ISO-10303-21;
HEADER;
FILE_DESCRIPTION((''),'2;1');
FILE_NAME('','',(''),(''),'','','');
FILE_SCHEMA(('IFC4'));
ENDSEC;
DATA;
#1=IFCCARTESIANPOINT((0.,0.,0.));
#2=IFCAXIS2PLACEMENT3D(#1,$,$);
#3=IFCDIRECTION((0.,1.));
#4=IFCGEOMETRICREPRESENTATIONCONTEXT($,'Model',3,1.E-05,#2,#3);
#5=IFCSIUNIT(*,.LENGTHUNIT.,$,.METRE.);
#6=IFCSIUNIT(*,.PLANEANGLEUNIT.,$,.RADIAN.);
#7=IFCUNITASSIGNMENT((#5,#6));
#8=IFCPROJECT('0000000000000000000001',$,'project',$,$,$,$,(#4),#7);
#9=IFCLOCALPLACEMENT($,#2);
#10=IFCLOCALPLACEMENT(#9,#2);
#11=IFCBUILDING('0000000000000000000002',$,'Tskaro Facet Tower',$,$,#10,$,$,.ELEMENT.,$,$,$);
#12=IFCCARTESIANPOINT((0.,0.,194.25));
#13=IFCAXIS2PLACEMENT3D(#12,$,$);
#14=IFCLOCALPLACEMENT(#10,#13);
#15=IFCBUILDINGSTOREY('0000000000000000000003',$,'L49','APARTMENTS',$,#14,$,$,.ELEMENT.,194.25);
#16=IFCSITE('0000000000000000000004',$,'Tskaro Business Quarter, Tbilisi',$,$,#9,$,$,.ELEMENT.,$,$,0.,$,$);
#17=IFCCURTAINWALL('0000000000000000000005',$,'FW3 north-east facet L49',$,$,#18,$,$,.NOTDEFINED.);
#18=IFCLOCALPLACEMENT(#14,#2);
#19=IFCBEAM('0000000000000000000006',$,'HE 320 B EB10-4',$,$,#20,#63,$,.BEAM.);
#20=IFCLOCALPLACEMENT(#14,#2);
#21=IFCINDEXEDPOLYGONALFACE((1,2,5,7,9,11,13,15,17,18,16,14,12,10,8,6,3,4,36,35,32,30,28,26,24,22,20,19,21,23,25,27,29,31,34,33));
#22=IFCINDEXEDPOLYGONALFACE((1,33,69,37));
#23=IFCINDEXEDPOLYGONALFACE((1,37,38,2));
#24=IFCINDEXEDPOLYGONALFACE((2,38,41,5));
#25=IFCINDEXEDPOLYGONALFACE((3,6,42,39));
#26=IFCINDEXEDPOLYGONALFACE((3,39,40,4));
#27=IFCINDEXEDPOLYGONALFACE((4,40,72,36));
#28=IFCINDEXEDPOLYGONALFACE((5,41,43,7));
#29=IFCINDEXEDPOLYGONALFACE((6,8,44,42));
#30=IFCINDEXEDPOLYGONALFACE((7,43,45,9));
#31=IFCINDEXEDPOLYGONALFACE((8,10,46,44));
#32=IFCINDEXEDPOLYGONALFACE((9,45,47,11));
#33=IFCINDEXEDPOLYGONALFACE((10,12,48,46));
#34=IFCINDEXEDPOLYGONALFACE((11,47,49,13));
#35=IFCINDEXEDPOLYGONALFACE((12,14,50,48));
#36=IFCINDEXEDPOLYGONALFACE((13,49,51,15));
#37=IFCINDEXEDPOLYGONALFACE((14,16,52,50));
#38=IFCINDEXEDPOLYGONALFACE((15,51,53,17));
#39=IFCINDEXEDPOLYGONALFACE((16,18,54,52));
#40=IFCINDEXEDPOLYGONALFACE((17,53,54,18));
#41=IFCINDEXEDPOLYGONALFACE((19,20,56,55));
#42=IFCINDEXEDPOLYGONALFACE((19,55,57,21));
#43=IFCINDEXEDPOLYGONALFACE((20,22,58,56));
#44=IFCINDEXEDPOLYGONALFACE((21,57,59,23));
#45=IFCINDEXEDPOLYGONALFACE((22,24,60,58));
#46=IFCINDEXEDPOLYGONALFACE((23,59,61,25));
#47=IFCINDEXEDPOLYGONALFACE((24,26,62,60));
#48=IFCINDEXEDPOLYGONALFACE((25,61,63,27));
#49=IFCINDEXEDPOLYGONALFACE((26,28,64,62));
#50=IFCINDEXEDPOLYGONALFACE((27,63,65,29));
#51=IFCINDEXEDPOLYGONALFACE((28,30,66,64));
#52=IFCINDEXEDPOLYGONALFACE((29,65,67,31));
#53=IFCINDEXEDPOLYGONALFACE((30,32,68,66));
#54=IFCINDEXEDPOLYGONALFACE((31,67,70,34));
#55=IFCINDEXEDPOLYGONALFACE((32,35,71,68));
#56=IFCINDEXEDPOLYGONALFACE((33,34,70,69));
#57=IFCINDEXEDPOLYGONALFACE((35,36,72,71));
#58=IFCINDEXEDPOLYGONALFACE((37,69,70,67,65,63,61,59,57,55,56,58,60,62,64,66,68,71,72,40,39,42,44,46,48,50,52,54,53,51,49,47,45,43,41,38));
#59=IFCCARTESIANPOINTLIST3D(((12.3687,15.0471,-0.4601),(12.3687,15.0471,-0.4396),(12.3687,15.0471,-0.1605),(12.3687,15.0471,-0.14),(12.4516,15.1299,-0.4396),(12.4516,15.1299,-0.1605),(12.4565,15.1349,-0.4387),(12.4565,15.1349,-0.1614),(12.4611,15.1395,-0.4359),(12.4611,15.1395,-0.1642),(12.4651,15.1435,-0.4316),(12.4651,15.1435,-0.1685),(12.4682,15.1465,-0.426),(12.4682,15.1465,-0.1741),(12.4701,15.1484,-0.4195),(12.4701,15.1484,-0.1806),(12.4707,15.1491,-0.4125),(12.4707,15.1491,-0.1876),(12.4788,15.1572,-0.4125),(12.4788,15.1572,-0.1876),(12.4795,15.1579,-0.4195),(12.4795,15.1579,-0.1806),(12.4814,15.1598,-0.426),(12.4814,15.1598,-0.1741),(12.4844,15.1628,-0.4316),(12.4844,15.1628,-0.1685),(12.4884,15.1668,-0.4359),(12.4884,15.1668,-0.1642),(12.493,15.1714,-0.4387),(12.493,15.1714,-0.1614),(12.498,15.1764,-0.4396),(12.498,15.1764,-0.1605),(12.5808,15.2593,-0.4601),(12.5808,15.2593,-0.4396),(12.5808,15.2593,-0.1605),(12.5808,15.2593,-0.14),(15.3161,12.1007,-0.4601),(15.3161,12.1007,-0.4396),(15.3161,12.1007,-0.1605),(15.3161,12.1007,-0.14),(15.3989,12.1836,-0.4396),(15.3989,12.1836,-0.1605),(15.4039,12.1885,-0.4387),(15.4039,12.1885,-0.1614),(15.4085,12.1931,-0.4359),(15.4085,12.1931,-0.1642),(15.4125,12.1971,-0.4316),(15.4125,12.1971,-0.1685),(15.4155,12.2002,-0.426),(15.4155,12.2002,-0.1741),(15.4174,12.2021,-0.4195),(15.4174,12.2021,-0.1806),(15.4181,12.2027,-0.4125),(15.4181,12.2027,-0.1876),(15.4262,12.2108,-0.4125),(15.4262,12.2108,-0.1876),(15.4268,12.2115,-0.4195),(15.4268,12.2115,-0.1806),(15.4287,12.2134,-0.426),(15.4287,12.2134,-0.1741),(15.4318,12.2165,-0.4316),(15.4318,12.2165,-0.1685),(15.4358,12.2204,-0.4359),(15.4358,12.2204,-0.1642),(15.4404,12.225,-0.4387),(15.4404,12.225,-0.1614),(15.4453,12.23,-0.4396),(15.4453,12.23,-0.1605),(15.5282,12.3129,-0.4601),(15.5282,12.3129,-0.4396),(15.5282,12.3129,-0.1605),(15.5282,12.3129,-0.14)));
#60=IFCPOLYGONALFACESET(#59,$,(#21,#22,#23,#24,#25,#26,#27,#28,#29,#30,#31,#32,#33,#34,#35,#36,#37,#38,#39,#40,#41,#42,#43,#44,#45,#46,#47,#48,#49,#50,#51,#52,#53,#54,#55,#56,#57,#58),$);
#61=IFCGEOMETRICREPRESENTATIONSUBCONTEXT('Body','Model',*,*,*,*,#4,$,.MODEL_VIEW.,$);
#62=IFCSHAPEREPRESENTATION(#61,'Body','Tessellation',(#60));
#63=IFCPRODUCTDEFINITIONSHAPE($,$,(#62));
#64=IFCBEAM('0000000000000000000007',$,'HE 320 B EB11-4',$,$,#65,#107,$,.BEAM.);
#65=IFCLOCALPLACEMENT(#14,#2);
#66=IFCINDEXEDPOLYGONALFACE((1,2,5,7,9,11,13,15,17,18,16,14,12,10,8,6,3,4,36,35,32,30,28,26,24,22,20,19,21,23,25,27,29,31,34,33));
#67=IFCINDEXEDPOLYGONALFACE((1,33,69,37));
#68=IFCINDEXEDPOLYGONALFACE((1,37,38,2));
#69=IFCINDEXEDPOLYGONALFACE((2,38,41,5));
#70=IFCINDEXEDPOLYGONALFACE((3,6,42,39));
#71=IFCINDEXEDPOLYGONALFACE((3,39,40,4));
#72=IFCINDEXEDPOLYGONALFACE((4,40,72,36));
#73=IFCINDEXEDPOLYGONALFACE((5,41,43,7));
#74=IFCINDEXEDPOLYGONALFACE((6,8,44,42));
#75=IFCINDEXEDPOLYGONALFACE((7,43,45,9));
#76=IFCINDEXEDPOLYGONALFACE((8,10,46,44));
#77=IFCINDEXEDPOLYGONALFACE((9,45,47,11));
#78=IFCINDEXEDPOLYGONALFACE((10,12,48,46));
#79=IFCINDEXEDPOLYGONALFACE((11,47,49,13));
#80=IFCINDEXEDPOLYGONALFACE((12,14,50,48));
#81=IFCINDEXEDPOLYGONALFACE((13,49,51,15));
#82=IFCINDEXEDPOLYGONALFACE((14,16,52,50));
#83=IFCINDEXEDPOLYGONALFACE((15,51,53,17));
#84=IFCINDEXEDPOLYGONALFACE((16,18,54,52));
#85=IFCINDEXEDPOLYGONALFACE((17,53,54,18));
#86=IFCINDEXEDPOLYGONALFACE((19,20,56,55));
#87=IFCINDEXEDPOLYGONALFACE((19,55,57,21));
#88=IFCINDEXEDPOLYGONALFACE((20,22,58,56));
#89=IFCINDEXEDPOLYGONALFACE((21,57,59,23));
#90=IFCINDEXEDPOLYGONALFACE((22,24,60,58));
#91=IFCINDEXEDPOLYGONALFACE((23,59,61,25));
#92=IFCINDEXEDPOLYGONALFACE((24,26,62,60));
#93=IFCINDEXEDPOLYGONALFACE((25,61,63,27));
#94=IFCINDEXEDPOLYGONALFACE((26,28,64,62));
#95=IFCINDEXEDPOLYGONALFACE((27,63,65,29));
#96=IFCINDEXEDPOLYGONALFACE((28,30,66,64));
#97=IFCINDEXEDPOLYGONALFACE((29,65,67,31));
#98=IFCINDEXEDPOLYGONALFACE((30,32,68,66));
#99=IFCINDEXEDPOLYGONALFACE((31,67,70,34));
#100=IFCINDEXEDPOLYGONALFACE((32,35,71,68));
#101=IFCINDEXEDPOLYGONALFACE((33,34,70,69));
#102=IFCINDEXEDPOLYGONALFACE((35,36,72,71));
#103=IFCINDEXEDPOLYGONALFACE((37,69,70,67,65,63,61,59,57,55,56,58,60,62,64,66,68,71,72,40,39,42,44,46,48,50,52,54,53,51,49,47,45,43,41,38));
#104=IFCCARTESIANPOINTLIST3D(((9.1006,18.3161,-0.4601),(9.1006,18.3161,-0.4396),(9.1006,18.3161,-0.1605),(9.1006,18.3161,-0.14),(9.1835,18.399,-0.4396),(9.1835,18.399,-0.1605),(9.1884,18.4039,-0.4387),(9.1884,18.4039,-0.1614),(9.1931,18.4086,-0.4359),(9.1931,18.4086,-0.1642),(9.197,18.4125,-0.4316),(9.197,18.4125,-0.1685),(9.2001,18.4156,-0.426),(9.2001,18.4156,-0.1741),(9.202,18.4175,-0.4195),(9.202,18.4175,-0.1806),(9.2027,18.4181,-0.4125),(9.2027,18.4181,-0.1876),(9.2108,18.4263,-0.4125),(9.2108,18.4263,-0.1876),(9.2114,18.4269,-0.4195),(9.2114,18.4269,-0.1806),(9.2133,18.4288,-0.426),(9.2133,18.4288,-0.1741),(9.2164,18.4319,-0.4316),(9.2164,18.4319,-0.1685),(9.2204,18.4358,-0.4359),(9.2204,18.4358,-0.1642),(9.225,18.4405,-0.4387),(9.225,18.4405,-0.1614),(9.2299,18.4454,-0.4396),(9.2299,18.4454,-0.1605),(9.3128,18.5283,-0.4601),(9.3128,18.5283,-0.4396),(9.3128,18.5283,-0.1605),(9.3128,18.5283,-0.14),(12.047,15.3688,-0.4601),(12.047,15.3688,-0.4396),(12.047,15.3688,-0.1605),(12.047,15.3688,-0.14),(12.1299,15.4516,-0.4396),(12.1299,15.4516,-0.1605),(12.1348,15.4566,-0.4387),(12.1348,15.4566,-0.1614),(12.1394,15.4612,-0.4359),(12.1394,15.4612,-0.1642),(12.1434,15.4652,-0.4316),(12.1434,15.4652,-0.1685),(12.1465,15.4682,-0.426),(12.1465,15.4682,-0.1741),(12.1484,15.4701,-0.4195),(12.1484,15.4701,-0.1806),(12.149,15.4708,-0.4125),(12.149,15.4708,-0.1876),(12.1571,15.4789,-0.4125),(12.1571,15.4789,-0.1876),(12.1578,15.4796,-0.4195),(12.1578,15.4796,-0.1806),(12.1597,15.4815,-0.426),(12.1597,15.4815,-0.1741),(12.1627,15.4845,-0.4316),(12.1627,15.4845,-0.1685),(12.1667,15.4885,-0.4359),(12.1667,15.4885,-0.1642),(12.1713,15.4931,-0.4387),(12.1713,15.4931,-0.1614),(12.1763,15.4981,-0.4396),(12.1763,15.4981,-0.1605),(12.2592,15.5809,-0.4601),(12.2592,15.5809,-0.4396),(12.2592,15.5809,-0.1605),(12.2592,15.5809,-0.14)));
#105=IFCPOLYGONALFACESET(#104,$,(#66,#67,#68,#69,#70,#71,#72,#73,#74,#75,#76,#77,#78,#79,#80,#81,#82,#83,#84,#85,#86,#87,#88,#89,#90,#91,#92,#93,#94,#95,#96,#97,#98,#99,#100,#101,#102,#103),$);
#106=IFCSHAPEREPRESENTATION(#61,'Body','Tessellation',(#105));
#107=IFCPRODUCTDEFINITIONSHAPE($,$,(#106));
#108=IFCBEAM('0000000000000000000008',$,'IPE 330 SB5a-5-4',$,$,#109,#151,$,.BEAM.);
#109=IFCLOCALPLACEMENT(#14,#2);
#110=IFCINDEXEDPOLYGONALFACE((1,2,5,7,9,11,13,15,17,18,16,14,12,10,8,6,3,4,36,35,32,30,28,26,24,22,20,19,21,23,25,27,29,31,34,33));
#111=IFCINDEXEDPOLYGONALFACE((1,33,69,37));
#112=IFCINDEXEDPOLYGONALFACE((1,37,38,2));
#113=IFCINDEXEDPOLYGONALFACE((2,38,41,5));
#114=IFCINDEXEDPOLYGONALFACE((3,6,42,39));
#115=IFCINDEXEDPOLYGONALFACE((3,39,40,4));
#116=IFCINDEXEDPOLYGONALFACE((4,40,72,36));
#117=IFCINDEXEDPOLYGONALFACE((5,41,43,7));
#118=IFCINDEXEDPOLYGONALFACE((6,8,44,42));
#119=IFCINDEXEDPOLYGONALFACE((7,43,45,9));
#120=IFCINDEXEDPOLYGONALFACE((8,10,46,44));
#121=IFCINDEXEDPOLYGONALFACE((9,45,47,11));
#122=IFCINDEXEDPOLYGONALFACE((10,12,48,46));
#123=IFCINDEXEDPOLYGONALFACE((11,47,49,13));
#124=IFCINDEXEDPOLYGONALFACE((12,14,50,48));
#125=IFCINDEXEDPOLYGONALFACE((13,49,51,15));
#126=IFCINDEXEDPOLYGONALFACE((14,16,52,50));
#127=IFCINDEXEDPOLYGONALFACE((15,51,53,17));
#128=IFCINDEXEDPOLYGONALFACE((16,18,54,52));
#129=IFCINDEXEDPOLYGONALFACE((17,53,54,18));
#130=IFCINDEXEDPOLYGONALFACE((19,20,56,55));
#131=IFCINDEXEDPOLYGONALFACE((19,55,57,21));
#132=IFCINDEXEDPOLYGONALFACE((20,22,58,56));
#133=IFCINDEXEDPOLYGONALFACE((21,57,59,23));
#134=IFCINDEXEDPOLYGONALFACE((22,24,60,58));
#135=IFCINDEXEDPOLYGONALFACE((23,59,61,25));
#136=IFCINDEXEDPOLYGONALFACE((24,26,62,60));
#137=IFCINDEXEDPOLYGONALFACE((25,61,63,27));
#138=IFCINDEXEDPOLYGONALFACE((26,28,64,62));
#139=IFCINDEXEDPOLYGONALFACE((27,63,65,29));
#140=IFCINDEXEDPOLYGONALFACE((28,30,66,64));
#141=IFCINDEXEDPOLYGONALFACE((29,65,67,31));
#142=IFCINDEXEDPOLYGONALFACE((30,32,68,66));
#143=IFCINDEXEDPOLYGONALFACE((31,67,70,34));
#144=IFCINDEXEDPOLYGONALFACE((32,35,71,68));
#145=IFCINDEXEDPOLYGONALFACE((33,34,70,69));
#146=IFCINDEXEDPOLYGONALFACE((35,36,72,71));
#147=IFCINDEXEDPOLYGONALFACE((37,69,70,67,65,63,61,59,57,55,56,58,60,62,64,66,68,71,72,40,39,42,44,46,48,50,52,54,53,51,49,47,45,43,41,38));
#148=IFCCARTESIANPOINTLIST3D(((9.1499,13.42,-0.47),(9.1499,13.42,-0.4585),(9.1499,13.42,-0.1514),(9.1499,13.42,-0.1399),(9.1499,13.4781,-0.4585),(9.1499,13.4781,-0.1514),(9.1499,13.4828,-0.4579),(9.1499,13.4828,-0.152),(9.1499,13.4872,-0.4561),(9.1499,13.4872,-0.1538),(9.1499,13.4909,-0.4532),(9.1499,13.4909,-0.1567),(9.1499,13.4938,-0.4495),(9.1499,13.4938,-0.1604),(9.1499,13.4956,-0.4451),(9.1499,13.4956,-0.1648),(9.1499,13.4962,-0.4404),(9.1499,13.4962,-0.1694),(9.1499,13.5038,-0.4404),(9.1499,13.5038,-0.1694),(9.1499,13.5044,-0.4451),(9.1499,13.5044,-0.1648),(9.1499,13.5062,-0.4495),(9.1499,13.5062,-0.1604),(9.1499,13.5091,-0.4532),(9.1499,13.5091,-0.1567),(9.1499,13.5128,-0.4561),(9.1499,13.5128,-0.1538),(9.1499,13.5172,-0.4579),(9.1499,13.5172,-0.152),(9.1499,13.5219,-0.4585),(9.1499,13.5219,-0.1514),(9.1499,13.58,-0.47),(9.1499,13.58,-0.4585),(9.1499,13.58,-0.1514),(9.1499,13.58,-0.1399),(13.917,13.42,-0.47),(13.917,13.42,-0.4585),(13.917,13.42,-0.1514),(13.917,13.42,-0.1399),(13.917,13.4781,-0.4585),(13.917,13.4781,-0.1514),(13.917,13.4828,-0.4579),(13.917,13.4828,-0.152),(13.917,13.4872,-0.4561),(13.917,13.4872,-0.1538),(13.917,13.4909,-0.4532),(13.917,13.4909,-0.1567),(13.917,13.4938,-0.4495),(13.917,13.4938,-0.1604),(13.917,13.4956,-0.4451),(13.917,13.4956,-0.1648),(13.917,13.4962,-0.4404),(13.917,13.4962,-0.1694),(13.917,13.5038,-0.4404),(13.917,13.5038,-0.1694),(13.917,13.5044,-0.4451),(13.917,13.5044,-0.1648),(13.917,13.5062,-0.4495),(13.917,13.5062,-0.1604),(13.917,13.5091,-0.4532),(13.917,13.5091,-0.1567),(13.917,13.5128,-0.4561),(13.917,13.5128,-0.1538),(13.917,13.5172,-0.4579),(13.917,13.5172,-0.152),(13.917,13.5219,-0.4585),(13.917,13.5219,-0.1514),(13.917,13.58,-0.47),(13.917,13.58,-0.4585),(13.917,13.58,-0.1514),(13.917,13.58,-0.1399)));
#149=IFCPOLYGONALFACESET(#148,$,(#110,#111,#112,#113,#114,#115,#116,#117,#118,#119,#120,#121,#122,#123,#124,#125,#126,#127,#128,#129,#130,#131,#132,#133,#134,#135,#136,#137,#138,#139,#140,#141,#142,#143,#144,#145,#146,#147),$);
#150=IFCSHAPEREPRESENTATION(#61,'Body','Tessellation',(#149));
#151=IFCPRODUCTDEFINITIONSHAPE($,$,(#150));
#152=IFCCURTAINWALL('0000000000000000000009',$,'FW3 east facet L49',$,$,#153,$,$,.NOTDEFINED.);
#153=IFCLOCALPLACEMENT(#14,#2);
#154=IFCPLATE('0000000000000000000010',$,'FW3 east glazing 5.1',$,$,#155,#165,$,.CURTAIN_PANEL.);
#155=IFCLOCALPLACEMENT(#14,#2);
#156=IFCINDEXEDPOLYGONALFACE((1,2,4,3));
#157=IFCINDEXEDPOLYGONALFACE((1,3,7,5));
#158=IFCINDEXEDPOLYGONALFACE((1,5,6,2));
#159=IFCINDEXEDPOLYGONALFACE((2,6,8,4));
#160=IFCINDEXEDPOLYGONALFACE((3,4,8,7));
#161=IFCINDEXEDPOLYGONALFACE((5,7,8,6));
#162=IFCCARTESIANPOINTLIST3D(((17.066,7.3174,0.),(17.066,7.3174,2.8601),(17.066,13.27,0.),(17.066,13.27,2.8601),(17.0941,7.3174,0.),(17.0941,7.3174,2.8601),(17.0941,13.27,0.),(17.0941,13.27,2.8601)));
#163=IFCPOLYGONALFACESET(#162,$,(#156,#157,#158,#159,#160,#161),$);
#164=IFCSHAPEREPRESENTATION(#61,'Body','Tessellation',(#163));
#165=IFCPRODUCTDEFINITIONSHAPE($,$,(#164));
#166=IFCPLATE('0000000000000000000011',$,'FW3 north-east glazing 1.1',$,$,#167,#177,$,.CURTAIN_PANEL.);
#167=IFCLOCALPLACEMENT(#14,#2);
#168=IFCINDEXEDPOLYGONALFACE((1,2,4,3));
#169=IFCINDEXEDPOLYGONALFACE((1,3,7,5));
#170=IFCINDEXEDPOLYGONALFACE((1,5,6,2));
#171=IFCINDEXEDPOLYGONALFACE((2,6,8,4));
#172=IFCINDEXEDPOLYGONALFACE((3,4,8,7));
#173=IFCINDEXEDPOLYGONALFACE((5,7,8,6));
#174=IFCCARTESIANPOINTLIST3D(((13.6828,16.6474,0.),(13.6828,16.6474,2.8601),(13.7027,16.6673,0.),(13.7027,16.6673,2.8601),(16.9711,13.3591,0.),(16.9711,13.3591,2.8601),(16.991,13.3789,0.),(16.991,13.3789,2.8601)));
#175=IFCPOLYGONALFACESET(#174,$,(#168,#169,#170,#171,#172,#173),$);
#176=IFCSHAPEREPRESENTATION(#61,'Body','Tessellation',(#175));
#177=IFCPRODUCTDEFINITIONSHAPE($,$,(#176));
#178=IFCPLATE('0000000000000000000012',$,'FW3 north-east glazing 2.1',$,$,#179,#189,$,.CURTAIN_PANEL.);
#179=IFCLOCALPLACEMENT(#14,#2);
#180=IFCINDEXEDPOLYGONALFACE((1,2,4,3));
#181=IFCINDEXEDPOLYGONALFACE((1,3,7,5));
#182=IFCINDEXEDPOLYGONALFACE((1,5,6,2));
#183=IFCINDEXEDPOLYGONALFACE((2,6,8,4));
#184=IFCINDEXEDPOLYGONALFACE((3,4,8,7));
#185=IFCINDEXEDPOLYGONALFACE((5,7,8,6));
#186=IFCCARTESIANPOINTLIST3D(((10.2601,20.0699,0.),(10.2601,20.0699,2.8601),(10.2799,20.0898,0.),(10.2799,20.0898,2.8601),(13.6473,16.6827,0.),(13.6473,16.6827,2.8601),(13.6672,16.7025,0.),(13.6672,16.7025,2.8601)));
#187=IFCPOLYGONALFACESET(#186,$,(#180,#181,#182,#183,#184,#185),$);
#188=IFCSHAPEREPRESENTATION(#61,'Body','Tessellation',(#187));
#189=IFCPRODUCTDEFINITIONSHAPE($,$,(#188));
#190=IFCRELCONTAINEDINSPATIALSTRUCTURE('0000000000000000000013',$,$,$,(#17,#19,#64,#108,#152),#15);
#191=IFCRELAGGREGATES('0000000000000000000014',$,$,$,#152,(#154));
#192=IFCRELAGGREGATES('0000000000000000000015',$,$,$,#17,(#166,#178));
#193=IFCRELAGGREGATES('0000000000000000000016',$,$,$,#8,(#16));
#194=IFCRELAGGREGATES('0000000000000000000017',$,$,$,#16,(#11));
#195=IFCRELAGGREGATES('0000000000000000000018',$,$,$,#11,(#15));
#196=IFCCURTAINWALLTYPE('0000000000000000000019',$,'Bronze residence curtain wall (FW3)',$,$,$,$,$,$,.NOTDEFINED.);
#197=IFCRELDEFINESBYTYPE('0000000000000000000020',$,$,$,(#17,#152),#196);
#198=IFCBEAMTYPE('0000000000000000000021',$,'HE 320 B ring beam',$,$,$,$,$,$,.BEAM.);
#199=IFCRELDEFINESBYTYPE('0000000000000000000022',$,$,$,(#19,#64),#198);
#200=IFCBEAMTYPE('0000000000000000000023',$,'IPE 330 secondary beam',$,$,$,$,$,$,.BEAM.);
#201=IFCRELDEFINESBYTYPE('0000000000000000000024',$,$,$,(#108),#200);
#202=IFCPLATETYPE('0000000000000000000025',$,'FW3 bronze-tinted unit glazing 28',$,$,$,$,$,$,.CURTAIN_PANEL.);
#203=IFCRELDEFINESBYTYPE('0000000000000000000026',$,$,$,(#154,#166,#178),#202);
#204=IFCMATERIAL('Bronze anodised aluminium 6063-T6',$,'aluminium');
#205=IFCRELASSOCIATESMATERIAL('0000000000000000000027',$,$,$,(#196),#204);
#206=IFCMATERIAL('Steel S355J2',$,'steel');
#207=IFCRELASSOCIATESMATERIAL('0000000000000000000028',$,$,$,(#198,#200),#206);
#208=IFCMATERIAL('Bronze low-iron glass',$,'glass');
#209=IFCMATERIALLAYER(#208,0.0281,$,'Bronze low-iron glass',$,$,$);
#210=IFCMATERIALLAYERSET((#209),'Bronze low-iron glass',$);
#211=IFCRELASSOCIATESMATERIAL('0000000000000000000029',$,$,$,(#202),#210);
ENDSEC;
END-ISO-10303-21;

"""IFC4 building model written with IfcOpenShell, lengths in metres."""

from ifc_helpers import new_model, si_unit, direction, frame, origin, origin_2d, place, context, subcontext, project, spatial, rectangle, i_section, extrude, material, layer, layer_set, material_profile, profile_set, type_object, element, aggregate, save


model = new_model("IFC4")

# Units and contexts
model_context = context("Model", 3, precision=1e-05, world=origin(), true_north=direction((0.0, 1.0)))
body_context = subcontext(model_context, "Body", "Model", "MODEL_VIEW")
ifc_project = project(units=[si_unit("LENGTHUNIT", "METRE"), si_unit("PLANEANGLEUNIT", "RADIAN")], contexts=[model_context])

# Site, building, storey
site_placement = place(None, origin())
site = spatial("IfcSite", under=ifc_project, at=site_placement, Name="Tskaro Business Quarter, Tbilisi", CompositionType="ELEMENT", RefElevation=0.0)
building_placement = place(site_placement, origin())
building = spatial("IfcBuilding", under=site, at=building_placement, Name="Tskaro Facet Tower", CompositionType="ELEMENT")
storey_placement = place(building_placement, frame((0.0, 0.0, 194.25)))
storey = spatial("IfcBuildingStorey", under=building, at=storey_placement, Name="L49", Description="APARTMENTS", CompositionType="ELEMENT", Elevation=194.25)

# Curtain wall
ifc_material_1 = material(Name="Bronze anodised aluminium 6063-T6", Category="aluminium")
curtain_wall_type = type_object("IfcCurtainWallType", Name="Bronze residence curtain wall (FW3)", PredefinedType="NOTDEFINED", material=ifc_material_1)
curtain_wall_1_placement = place(storey_placement, origin())
curtain_wall_1 = element("IfcCurtainWall", 1, at=curtain_wall_1_placement, inside=storey, type_object=curtain_wall_type, Name="FW3 north-east facet L49", PredefinedType="NOTDEFINED")

# Beams
ifc_material_2 = material(Name="Steel S355J2", Category="steel")
ifc_material_profile_1 = material_profile(ifc_material_2, i_section(OverallWidth=0.3, OverallDepth=0.3201, WebThickness=0.0115, FlangeThickness=0.0205, FilletRadius=0.0271, at=origin_2d()), Name="HE 320 B")
ifc_profile_set_1 = profile_set([ifc_material_profile_1], Name="Steel S355J2")
beam_type_1 = type_object("IfcBeamType", Name="HE 320 B ring beam", PredefinedType="BEAM", material=ifc_profile_set_1)
for number, where, z_axis, x_axis, name in (
    (2, (15.4221, 12.2068, -0.3), (-0.707224, 0.70699, 0.0), (-0.70699, -0.707224, 0.0), "HE 320 B EB10-4"),
    (3, (12.1531, 15.4749, -0.3), (-0.70699, 0.707224, 0.0), (-0.707224, -0.70699, 0.0), "HE 320 B EB11-4"),
):
    element("IfcBeam", number, at=place(storey_placement, frame(where, z_axis=z_axis, x_axis=x_axis)), inside=storey, type_object=beam_type_1, Name=name, PredefinedType="BEAM", context=body_context, shape_type="SweptSolid", body=[
        extrude(i_section(OverallWidth=0.3, OverallDepth=0.3201, WebThickness=0.0115, FlangeThickness=0.0205, FilletRadius=0.0271, at=origin_2d()), origin(), (0.0, 0.0, 1.0), 4.1675),
    ])
ifc_material_profile_2 = material_profile(ifc_material_2, i_section(OverallWidth=0.1599, OverallDepth=0.3301, WebThickness=0.0076, FlangeThickness=0.0115, FilletRadius=0.0181, at=origin_2d()), Name="IPE 330")
ifc_profile_set_2 = profile_set([ifc_material_profile_2], Name="Steel S355J2")
beam_type_2 = type_object("IfcBeamType", Name="IPE 330 secondary beam", PredefinedType="BEAM", material=ifc_profile_set_2)
beam_placement = place(storey_placement, frame((9.1499, 13.5, -0.3049), z_axis=(1.0, 0.0, 0.0), x_axis=(0.0, 1.0, 0.0)))
element("IfcBeam", 4, at=beam_placement, inside=storey, type_object=beam_type_2, Name="IPE 330 SB5a-5-4", PredefinedType="BEAM", context=body_context, shape_type="SweptSolid", body=[
    extrude(i_section(OverallWidth=0.1599, OverallDepth=0.3301, WebThickness=0.0076, FlangeThickness=0.0115, FilletRadius=0.0181, at=origin_2d()), origin(), (0.0, 0.0, 1.0), 4.7671),
])

# Curtain wall, plate
curtain_wall_2_placement = place(storey_placement, origin())
curtain_wall_2 = element("IfcCurtainWall", 5, at=curtain_wall_2_placement, inside=storey, type_object=curtain_wall_type, Name="FW3 east facet L49", PredefinedType="NOTDEFINED")
ifc_material_3 = material(Name="Bronze low-iron glass", Category="glass")
ifc_layer_1 = layer(ifc_material_3, 0.0281, Name="Bronze low-iron glass")
ifc_layer_set_1 = layer_set([ifc_layer_1], Name="Bronze low-iron glass")
plate_type = type_object("IfcPlateType", Name="FW3 bronze-tinted unit glazing 28", PredefinedType="CURTAIN_PANEL", material=ifc_layer_set_1)
plate_1_placement = place(storey_placement, frame((17.0801, 10.2937, 0.0), z_axis=(0.0, 0.0, 1.0), x_axis=(0.0, 1.0, 0.0)))
plate_1 = element("IfcPlate", 6, at=plate_1_placement, type_object=plate_type, Name="FW3 east glazing 5.1", PredefinedType="CURTAIN_PANEL", context=body_context, shape_type="SweptSolid", body=[
    extrude(rectangle(XDim=5.9526, YDim=0.0281, at=origin_2d()), origin(), (0.0, 0.0, 1.0), 2.8601),
])
aggregate(curtain_wall_2, [plate_1])

# Plates
plate_2_placement = place(storey_placement, frame((15.3369, 15.0132, 0.0), z_axis=(0.0, 0.0, 1.0), x_axis=(-0.707107, 0.707107, 0.0)))
plate_2 = element("IfcPlate", 7, at=plate_2_placement, type_object=plate_type, Name="FW3 north-east glazing 1.1", PredefinedType="CURTAIN_PANEL", context=body_context, shape_type="SweptSolid", body=[
    extrude(rectangle(XDim=4.6504, YDim=0.0281, at=origin_2d()), origin(), (0.0, 0.0, 1.0), 2.8601),
])
plate_3_placement = place(storey_placement, frame((11.9636, 18.3862, 0.0), z_axis=(0.0, 0.0, 1.0), x_axis=(-0.707107, 0.707107, 0.0)))
plate_3 = element("IfcPlate", 8, at=plate_3_placement, type_object=plate_type, Name="FW3 north-east glazing 2.1", PredefinedType="CURTAIN_PANEL", context=body_context, shape_type="SweptSolid", body=[
    extrude(rectangle(XDim=4.7903, YDim=0.0281, at=origin_2d()), origin(), (0.0, 0.0, 1.0), 2.8601),
])
aggregate(curtain_wall_1, [plate_2, plate_3])

save(model, "model.ifc")
